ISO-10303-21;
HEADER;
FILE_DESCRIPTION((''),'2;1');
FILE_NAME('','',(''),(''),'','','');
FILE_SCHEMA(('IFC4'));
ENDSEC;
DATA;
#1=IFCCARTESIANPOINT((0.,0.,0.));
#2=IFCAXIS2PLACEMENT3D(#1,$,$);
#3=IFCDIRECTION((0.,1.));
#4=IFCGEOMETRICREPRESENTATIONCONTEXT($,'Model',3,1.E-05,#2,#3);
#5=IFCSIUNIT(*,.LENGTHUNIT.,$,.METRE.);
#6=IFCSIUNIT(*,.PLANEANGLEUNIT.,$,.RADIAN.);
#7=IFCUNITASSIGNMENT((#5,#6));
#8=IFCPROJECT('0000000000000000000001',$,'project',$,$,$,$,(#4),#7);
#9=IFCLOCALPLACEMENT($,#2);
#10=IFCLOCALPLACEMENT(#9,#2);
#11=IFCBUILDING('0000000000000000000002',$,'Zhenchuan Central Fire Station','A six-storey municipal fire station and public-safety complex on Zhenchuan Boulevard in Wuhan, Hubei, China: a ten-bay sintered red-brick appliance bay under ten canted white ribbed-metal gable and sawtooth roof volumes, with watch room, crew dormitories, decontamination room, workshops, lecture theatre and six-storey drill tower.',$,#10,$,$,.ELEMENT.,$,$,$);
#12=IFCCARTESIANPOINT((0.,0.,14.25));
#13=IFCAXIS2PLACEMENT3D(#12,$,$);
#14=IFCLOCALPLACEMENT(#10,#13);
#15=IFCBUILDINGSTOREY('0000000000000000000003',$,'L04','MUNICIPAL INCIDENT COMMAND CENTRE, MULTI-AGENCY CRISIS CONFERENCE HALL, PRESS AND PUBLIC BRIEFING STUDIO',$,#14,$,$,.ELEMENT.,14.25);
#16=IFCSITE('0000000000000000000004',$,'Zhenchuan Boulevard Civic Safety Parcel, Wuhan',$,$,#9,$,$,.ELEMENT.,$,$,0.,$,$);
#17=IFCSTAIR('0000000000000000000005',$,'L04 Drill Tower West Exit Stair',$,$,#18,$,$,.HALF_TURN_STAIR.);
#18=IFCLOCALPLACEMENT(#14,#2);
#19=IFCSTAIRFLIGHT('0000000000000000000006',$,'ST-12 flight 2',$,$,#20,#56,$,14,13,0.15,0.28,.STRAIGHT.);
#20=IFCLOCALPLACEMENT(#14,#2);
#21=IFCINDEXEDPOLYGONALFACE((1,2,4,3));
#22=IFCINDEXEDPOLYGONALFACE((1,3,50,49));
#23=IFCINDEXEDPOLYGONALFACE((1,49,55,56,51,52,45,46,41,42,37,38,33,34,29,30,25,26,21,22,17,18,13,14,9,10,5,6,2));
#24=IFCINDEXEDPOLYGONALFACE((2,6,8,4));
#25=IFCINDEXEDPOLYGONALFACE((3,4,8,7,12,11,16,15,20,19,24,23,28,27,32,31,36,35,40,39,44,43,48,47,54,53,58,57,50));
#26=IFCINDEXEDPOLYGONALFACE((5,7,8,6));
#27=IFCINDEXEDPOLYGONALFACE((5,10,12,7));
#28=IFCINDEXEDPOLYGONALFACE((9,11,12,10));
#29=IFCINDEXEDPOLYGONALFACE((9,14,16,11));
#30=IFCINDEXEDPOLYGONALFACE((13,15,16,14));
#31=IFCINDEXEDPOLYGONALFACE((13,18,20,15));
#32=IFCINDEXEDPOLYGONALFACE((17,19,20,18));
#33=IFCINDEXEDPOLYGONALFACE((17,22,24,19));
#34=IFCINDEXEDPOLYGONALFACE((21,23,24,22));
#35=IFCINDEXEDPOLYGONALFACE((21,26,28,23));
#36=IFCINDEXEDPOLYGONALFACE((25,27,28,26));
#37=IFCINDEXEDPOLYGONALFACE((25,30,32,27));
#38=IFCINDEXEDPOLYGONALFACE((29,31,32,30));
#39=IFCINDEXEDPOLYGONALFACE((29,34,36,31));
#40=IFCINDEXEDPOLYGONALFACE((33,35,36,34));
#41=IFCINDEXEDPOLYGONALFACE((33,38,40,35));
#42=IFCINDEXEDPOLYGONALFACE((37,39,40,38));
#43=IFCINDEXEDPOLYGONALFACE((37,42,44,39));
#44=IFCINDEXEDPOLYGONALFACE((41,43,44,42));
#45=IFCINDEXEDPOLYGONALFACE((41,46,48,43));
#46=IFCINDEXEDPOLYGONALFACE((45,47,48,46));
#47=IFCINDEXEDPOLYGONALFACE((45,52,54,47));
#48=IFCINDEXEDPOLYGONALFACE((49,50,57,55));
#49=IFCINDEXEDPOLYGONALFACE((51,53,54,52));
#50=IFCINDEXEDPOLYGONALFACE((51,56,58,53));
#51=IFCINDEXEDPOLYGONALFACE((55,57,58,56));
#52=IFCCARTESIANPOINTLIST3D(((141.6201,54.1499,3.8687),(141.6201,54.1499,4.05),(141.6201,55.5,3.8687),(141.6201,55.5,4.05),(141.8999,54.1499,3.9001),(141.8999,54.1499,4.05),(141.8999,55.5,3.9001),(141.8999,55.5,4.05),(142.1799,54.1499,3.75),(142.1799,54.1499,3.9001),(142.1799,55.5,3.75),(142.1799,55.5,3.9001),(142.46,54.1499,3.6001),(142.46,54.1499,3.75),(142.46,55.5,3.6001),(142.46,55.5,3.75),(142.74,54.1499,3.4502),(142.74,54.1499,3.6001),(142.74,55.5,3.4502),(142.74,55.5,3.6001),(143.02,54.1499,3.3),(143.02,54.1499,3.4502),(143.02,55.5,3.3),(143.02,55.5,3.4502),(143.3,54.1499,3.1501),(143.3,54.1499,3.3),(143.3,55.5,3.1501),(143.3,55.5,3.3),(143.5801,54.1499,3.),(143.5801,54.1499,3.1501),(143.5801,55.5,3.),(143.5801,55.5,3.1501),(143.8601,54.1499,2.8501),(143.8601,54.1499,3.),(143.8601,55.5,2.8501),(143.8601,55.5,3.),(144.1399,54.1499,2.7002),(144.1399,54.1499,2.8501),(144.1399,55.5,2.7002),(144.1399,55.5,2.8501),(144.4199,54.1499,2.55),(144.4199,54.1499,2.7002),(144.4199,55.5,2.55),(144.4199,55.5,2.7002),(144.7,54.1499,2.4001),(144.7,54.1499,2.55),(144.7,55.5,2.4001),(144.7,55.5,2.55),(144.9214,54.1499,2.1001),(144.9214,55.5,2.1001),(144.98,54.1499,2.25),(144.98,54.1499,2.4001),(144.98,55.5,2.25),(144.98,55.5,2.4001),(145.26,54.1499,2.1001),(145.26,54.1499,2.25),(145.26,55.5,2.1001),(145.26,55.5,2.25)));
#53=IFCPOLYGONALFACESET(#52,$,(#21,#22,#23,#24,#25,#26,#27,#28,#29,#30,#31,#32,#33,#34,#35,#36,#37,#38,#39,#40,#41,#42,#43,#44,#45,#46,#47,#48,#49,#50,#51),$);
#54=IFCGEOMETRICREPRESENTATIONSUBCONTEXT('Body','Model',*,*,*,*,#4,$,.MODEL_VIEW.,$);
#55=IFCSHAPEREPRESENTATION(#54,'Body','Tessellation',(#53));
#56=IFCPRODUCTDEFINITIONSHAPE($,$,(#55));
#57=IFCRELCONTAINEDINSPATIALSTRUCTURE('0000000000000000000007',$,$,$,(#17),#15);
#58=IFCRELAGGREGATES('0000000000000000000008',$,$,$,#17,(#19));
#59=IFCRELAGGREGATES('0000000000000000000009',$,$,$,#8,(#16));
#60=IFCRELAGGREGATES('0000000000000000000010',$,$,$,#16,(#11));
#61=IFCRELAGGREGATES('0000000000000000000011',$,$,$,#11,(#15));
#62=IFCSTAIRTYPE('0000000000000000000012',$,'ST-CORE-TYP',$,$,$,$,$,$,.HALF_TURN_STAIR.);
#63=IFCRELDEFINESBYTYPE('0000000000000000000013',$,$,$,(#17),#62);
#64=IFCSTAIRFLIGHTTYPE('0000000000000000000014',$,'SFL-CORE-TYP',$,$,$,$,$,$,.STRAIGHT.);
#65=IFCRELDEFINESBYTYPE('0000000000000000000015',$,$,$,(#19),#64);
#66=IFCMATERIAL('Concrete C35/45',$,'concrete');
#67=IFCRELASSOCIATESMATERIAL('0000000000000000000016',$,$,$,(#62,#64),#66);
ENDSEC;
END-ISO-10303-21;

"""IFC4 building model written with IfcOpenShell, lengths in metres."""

from ifc_helpers import new_model, si_unit, direction, frame, origin, place, context, subcontext, project, spatial, polyline, outline, extrude, material, type_object, element, aggregate, save


model = new_model("IFC4")

# Units and contexts
model_context = context("Model", 3, precision=1e-05, world=origin(), true_north=direction((0.0, 1.0)))
body_context = subcontext(model_context, "Body", "Model", "MODEL_VIEW")
ifc_project = project(units=[si_unit("LENGTHUNIT", "METRE"), si_unit("PLANEANGLEUNIT", "RADIAN")], contexts=[model_context])

# Site, building, storey
site_placement = place(None, origin())
site = spatial("IfcSite", under=ifc_project, at=site_placement, Name="Zhenchuan Boulevard Civic Safety Parcel, Wuhan", CompositionType="ELEMENT", RefElevation=0.0)
building_placement = place(site_placement, origin())
building = spatial("IfcBuilding", under=site, at=building_placement, Name="Zhenchuan Central Fire Station", Description="A six-storey municipal fire station and public-safety complex on Zhenchuan Boulevard in Wuhan, Hubei, China: a ten-bay sintered red-brick appliance bay under ten canted white ribbed-metal gable and sawtooth roof volumes, with watch room, crew dormitories, decontamination room, workshops, lecture theatre and six-storey drill tower.", CompositionType="ELEMENT")
storey_placement = place(building_placement, frame((0.0, 0.0, 14.25)))
storey = spatial("IfcBuildingStorey", under=building, at=storey_placement, Name="L04", Description="MUNICIPAL INCIDENT COMMAND CENTRE, MULTI-AGENCY CRISIS CONFERENCE HALL, PRESS AND PUBLIC BRIEFING STUDIO", CompositionType="ELEMENT", Elevation=14.25)

# Stair, stair flight
ifc_material_1 = material(Name="Concrete C35/45", Category="concrete")
stair_type = type_object("IfcStairType", Name="ST-CORE-TYP", PredefinedType="HALF_TURN_STAIR", material=ifc_material_1)
stair_placement = place(storey_placement, origin())
stair = element("IfcStair", 1, at=stair_placement, inside=storey, type_object=stair_type, Name="L04 Drill Tower West Exit Stair", PredefinedType="HALF_TURN_STAIR")
stair_flight_type = type_object("IfcStairFlightType", Name="SFL-CORE-TYP", PredefinedType="STRAIGHT", material=ifc_material_1)
stair_flight_1_placement = place(storey_placement, frame((145.26, 54.825, 2.1001), z_axis=(0.0, 0.0, 1.0), x_axis=(-1.0, 0.0, 0.0)))
stair_flight_1 = element("IfcStairFlight", 2, at=stair_flight_1_placement, type_object=stair_flight_type, Name="ST-12 flight 2", NumberOfRisers=14, NumberOfTreads=13, PredefinedType="STRAIGHT", RiserHeight=0.15, TreadLength=0.28, context=body_context, shape_type="SweptSolid", body=[
    extrude(outline(polyline([(0.0, 0.0), (0.0, 0.1499), (0.28, 0.1499), (0.28, 0.3), (0.5601, 0.3), (0.5601, 0.45), (0.8401, 0.45), (0.8401, 0.6001), (1.1201, 0.6001), (1.1201, 0.75), (1.3999, 0.75), (1.3999, 0.8999), (1.6799, 0.8999), (1.6799, 1.05), (1.96, 1.05), (1.96, 1.2), (2.24, 1.2), (2.24, 1.3501), (2.52, 1.3501), (2.52, 1.5), (2.8, 1.5), (2.8, 1.6499), (3.0801, 1.6499), (3.0801, 1.8), (3.3601, 1.8), (3.3601, 1.95), (3.6399, 1.95), (3.6399, 2.1001), (3.6399, 1.7686), (0.3386, 0.0), (0.0, 0.0)])), frame((0.0, 0.675, 0.0), z_axis=(0.0, -1.0, 0.0), x_axis=(1.0, 0.0, 0.0)), (0.0, 0.0, 1.0), 1.3501),
])
aggregate(stair, [stair_flight_1])

save(model, "model.ifc")
